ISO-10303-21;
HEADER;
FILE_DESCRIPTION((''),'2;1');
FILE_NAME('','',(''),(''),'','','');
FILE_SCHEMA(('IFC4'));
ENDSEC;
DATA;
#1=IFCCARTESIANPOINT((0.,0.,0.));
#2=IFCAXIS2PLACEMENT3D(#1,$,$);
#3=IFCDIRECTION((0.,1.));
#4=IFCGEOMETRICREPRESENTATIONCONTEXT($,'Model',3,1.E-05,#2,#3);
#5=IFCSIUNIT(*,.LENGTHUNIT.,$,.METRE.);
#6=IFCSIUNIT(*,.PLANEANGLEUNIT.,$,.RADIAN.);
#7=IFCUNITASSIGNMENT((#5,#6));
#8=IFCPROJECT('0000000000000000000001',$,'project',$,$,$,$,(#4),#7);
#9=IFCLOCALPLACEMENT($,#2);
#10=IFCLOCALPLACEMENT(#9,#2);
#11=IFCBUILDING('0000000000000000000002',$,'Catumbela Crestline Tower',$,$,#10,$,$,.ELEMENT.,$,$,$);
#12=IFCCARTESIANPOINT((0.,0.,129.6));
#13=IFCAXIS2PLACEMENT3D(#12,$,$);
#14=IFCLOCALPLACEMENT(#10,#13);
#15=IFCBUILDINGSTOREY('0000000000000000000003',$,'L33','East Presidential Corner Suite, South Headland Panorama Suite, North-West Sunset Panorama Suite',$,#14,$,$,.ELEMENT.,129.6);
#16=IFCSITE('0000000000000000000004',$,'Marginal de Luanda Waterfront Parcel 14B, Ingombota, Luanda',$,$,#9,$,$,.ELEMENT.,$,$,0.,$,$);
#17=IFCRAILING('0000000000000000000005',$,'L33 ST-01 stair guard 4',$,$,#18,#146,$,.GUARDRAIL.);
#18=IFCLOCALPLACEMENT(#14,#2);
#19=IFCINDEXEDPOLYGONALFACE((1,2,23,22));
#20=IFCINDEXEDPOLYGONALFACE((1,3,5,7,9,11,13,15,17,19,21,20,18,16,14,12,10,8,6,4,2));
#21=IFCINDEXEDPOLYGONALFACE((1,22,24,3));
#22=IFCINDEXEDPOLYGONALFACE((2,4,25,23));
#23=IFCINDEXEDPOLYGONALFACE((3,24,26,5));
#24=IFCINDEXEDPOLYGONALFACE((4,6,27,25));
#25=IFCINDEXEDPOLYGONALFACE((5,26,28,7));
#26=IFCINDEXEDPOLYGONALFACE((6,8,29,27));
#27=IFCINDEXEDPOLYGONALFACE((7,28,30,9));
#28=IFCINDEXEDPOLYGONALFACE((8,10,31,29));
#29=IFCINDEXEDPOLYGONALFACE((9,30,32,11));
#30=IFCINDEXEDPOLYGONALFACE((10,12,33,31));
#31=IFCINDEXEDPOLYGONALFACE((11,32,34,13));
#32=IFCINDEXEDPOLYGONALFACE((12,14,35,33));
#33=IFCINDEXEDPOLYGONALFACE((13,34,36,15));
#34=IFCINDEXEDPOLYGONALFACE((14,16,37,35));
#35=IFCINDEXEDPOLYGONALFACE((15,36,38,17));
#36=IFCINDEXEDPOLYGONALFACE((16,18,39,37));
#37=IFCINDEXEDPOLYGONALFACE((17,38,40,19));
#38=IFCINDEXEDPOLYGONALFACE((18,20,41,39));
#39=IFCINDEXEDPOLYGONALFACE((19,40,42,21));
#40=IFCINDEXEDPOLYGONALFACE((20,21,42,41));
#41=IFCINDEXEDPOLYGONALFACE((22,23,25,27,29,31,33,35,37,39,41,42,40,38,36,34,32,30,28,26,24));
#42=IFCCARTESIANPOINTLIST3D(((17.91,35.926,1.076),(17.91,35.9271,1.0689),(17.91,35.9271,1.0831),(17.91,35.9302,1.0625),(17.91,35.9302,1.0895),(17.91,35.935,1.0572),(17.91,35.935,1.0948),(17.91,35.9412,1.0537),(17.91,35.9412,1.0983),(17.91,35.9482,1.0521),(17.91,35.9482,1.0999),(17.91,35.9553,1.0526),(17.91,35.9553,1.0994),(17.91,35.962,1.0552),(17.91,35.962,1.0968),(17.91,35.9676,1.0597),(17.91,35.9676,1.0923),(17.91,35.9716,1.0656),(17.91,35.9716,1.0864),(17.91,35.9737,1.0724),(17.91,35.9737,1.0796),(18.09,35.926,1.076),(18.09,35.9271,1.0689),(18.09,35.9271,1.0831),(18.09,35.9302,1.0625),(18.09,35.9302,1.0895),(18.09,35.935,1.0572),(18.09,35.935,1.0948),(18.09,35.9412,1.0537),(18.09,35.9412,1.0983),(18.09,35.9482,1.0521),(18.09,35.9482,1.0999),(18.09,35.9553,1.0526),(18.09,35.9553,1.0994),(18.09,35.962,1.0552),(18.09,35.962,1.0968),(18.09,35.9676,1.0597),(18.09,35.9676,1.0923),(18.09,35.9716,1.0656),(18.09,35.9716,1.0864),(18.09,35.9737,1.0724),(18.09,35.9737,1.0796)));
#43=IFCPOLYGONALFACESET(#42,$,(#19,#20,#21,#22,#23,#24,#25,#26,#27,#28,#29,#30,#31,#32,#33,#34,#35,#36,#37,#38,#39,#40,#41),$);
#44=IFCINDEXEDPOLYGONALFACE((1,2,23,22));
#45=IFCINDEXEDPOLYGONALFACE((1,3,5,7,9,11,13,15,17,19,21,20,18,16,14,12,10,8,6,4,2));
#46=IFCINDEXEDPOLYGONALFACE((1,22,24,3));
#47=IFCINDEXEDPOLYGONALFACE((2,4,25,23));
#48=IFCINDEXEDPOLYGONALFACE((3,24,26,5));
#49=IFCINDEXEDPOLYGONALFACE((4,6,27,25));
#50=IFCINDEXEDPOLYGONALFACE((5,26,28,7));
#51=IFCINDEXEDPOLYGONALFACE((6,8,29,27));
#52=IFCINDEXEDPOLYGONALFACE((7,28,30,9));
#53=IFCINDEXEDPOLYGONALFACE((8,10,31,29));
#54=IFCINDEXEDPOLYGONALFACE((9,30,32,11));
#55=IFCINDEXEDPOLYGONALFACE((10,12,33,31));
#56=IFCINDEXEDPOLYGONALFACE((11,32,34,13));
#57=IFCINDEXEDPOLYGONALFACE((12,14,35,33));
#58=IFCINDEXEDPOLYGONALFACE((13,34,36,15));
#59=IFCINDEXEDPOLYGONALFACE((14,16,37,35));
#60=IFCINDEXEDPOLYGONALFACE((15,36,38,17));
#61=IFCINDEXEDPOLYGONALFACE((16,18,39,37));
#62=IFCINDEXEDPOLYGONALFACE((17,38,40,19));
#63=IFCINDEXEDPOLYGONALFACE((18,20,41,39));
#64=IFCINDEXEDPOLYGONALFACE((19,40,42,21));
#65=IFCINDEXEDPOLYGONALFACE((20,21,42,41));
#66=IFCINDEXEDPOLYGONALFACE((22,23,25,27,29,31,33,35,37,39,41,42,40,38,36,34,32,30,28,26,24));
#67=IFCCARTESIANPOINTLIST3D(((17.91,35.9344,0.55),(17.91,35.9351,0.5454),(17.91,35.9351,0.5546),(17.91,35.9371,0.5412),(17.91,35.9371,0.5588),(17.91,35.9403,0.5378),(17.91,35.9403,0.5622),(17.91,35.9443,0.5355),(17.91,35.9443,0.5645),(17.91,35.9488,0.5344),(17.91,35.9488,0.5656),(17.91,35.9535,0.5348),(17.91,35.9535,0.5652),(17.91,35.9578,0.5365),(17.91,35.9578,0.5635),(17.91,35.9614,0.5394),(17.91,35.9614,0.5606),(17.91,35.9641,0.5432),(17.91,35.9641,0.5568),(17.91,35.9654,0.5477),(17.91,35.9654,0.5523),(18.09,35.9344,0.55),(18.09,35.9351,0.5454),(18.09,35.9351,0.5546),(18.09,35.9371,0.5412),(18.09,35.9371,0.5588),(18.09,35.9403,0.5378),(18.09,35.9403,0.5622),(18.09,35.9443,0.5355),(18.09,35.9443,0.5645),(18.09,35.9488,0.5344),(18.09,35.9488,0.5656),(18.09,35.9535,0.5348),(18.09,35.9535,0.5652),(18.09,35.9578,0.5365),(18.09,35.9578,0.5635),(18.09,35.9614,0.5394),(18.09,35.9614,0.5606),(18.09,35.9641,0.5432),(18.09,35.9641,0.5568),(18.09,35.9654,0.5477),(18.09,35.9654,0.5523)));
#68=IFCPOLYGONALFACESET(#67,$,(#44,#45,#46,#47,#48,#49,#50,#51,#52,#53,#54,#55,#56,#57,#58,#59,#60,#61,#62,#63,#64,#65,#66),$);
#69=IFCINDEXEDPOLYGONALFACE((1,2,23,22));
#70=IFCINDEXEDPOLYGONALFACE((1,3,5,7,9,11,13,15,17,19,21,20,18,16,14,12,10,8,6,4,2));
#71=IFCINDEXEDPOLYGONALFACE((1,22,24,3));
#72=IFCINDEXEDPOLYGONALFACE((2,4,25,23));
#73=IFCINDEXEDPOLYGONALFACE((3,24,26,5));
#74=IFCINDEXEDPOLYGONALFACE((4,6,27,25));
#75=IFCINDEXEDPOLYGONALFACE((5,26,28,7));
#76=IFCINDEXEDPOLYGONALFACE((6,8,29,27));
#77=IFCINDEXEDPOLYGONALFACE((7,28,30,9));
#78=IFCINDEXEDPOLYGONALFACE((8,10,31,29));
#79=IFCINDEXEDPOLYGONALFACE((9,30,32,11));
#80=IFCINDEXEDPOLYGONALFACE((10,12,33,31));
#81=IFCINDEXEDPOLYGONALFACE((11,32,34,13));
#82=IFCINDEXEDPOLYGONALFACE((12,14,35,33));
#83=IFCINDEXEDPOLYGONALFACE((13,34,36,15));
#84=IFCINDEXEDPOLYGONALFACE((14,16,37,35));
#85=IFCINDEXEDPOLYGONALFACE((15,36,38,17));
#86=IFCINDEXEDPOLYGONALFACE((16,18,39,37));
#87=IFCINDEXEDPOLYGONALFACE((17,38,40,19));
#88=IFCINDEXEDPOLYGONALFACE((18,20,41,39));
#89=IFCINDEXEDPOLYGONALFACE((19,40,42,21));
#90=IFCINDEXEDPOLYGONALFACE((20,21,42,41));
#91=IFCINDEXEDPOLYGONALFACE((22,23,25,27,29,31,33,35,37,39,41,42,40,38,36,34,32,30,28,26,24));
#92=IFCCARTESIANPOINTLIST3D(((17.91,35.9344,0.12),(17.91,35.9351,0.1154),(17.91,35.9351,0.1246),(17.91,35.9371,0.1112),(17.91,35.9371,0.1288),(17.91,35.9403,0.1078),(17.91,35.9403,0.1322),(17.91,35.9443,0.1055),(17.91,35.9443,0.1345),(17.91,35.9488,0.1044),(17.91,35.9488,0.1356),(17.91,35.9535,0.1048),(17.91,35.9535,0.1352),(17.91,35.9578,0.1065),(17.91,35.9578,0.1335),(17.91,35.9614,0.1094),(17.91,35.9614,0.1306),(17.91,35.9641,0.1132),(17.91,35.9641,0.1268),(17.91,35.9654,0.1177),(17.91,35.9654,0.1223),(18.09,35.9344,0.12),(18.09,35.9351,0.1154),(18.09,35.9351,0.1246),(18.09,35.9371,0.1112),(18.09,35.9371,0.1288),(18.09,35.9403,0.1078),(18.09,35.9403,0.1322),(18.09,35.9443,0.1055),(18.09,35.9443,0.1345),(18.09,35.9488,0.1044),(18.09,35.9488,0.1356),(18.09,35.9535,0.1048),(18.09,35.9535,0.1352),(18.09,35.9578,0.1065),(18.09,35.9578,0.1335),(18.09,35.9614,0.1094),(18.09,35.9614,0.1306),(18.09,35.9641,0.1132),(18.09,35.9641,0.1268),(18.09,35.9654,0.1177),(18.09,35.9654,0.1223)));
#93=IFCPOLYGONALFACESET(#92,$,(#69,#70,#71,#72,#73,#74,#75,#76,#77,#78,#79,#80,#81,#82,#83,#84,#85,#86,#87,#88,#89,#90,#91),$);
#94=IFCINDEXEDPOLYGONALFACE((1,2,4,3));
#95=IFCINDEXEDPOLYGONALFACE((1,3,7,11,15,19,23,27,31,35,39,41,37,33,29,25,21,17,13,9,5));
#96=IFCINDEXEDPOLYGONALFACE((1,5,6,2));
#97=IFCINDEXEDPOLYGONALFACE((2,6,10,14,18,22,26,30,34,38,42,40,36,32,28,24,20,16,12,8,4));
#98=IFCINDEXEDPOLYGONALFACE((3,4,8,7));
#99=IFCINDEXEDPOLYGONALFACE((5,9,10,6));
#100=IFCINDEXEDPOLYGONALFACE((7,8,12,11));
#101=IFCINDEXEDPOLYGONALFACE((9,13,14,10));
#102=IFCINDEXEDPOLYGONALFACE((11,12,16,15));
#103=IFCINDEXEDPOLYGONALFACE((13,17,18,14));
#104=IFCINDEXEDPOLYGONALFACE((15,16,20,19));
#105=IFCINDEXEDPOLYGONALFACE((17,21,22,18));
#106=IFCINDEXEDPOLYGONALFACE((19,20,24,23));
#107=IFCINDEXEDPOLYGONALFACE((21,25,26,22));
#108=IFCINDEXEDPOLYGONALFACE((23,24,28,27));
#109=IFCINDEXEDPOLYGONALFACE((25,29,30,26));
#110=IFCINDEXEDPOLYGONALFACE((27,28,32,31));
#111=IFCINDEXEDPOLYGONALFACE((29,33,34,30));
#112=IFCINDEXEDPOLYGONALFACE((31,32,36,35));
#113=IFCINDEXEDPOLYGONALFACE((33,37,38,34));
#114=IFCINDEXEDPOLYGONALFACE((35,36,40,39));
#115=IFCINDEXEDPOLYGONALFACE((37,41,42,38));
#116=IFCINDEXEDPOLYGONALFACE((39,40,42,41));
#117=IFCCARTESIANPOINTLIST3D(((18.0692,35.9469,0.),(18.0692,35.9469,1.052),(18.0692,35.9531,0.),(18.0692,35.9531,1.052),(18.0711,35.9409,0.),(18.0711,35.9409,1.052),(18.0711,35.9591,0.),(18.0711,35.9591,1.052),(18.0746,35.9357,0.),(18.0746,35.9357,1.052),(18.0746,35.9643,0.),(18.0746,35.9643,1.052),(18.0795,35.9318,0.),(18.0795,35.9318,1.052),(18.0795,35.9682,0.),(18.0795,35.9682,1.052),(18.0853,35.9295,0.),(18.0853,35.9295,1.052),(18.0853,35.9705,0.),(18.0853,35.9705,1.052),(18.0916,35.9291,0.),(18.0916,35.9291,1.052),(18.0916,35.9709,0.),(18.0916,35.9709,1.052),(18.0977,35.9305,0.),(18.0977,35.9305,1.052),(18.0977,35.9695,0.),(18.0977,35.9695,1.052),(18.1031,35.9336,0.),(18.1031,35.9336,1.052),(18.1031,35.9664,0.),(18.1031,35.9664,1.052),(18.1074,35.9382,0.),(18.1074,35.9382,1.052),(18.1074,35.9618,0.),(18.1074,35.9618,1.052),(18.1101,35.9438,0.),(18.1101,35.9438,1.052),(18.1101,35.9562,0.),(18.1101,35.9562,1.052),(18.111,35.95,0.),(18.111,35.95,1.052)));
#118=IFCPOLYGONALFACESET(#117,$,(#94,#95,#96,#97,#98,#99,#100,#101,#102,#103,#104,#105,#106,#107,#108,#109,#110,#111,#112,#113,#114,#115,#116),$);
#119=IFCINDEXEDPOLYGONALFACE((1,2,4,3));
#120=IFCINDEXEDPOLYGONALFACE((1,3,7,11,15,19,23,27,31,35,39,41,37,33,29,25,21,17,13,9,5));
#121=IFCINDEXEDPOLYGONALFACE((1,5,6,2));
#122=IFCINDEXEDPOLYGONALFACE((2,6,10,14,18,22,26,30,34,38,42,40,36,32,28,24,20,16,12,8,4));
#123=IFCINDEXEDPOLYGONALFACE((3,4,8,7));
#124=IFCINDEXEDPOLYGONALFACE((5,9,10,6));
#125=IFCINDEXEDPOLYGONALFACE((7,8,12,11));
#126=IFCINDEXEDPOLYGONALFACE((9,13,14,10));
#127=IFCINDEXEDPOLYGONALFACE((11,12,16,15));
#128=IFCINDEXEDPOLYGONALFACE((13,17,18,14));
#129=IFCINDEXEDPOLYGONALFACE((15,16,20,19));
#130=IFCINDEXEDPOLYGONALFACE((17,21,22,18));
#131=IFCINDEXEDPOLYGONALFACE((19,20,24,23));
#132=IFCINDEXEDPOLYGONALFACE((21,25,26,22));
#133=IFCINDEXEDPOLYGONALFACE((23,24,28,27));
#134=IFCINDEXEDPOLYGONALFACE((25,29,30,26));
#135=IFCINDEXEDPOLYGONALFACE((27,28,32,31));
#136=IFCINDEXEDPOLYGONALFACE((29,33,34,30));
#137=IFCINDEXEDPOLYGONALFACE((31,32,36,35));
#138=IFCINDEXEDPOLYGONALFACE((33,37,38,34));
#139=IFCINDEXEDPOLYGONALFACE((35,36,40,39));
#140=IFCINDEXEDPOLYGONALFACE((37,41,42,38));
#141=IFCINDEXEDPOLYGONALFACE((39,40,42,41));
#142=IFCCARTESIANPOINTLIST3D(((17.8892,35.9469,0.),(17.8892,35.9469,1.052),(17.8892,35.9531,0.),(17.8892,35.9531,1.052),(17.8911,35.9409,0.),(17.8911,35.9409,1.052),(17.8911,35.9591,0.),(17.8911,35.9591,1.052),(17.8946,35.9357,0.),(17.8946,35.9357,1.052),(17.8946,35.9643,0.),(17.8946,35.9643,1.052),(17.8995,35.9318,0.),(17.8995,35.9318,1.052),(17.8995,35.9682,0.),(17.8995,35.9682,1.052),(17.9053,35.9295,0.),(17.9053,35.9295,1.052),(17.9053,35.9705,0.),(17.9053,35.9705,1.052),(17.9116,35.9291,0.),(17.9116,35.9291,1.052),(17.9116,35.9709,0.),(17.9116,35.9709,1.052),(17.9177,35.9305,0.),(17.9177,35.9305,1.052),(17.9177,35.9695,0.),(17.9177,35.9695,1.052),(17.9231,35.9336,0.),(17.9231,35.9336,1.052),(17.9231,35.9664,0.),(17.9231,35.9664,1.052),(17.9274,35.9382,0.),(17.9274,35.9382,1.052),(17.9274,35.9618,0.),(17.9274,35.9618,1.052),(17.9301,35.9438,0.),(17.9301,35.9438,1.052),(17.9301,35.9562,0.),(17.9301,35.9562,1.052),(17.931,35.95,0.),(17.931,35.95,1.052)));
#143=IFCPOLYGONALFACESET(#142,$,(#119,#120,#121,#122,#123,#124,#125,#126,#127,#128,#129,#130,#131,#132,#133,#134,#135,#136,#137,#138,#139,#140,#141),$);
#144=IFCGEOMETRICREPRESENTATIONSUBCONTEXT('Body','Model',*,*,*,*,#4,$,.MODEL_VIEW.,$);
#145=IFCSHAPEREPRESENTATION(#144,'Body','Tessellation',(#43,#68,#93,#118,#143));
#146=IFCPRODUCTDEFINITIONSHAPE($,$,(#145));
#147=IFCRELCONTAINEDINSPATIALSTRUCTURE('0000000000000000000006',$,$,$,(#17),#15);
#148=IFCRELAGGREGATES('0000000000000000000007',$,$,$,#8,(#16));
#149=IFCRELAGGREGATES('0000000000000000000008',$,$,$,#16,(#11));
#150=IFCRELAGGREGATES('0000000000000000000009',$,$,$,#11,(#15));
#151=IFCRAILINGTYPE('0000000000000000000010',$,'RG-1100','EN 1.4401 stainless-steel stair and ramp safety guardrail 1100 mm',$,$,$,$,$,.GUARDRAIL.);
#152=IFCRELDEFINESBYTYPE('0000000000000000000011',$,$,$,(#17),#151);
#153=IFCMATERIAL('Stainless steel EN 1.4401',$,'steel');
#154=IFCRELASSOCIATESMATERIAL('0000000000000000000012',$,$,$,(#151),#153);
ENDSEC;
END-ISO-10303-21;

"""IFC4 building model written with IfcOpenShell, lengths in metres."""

from ifc_helpers import new_model, si_unit, direction, frame, origin, origin_2d, place, context, subcontext, project, spatial, circle, extrude, material, type_object, element, save


model = new_model("IFC4")

# Units and contexts
model_context = context("Model", 3, precision=1e-05, world=origin(), true_north=direction((0.0, 1.0)))
body_context = subcontext(model_context, "Body", "Model", "MODEL_VIEW")
ifc_project = project(units=[si_unit("LENGTHUNIT", "METRE"), si_unit("PLANEANGLEUNIT", "RADIAN")], contexts=[model_context])

# Site, building, storey
site_placement = place(None, origin())
site = spatial("IfcSite", under=ifc_project, at=site_placement, Name="Marginal de Luanda Waterfront Parcel 14B, Ingombota, Luanda", CompositionType="ELEMENT", RefElevation=0.0)
building_placement = place(site_placement, origin())
building = spatial("IfcBuilding", under=site, at=building_placement, Name="Catumbela Crestline Tower", CompositionType="ELEMENT")
storey_placement = place(building_placement, frame((0.0, 0.0, 129.6)))
storey = spatial("IfcBuildingStorey", under=building, at=storey_placement, Name="L33", Description="East Presidential Corner Suite, South Headland Panorama Suite, North-West Sunset Panorama Suite", CompositionType="ELEMENT", Elevation=129.6)

# Railing
ifc_material_1 = material(Name="Stainless steel EN 1.4401", Category="steel")
railing_type_1 = type_object("IfcRailingType", Name="RG-1100", Description="EN 1.4401 stainless-steel stair and ramp safety guardrail 1100 mm", PredefinedType="GUARDRAIL", material=ifc_material_1)
railing_1_placement = place(storey_placement, frame((18.09, 35.95, 0.0)))
element("IfcRailing", 1, at=railing_1_placement, inside=storey, type_object=railing_type_1, Name="L33 ST-01 stair guard 4", PredefinedType="GUARDRAIL", context=body_context, shape_type="SweptSolid", body=[
    extrude(circle(Radius=0.024, at=origin_2d()), frame((0.0, 0.0, 1.076), z_axis=(-1.0, 0.0, 0.0), x_axis=(0.0, -1.0, 0.0)), (0.0, 0.0, 1.0), 0.18),
    extrude(circle(Radius=0.0156, at=origin_2d()), frame((0.0, 0.0, 0.55), z_axis=(-1.0, 0.0, 0.0), x_axis=(0.0, -1.0, 0.0)), (0.0, 0.0, 1.0), 0.18),
    extrude(circle(Radius=0.0156, at=origin_2d()), frame((0.0, 0.0, 0.12), z_axis=(-1.0, 0.0, 0.0), x_axis=(0.0, -1.0, 0.0)), (0.0, 0.0, 1.0), 0.18),
    extrude(circle(Radius=0.021, at=origin_2d()), origin(), (0.0, 0.0, 1.0), 1.052),
    extrude(circle(Radius=0.021, at=origin_2d()), frame((-0.18, 0.0, 0.0)), (0.0, 0.0, 1.0), 1.052),
])

save(model, "model.ifc")
